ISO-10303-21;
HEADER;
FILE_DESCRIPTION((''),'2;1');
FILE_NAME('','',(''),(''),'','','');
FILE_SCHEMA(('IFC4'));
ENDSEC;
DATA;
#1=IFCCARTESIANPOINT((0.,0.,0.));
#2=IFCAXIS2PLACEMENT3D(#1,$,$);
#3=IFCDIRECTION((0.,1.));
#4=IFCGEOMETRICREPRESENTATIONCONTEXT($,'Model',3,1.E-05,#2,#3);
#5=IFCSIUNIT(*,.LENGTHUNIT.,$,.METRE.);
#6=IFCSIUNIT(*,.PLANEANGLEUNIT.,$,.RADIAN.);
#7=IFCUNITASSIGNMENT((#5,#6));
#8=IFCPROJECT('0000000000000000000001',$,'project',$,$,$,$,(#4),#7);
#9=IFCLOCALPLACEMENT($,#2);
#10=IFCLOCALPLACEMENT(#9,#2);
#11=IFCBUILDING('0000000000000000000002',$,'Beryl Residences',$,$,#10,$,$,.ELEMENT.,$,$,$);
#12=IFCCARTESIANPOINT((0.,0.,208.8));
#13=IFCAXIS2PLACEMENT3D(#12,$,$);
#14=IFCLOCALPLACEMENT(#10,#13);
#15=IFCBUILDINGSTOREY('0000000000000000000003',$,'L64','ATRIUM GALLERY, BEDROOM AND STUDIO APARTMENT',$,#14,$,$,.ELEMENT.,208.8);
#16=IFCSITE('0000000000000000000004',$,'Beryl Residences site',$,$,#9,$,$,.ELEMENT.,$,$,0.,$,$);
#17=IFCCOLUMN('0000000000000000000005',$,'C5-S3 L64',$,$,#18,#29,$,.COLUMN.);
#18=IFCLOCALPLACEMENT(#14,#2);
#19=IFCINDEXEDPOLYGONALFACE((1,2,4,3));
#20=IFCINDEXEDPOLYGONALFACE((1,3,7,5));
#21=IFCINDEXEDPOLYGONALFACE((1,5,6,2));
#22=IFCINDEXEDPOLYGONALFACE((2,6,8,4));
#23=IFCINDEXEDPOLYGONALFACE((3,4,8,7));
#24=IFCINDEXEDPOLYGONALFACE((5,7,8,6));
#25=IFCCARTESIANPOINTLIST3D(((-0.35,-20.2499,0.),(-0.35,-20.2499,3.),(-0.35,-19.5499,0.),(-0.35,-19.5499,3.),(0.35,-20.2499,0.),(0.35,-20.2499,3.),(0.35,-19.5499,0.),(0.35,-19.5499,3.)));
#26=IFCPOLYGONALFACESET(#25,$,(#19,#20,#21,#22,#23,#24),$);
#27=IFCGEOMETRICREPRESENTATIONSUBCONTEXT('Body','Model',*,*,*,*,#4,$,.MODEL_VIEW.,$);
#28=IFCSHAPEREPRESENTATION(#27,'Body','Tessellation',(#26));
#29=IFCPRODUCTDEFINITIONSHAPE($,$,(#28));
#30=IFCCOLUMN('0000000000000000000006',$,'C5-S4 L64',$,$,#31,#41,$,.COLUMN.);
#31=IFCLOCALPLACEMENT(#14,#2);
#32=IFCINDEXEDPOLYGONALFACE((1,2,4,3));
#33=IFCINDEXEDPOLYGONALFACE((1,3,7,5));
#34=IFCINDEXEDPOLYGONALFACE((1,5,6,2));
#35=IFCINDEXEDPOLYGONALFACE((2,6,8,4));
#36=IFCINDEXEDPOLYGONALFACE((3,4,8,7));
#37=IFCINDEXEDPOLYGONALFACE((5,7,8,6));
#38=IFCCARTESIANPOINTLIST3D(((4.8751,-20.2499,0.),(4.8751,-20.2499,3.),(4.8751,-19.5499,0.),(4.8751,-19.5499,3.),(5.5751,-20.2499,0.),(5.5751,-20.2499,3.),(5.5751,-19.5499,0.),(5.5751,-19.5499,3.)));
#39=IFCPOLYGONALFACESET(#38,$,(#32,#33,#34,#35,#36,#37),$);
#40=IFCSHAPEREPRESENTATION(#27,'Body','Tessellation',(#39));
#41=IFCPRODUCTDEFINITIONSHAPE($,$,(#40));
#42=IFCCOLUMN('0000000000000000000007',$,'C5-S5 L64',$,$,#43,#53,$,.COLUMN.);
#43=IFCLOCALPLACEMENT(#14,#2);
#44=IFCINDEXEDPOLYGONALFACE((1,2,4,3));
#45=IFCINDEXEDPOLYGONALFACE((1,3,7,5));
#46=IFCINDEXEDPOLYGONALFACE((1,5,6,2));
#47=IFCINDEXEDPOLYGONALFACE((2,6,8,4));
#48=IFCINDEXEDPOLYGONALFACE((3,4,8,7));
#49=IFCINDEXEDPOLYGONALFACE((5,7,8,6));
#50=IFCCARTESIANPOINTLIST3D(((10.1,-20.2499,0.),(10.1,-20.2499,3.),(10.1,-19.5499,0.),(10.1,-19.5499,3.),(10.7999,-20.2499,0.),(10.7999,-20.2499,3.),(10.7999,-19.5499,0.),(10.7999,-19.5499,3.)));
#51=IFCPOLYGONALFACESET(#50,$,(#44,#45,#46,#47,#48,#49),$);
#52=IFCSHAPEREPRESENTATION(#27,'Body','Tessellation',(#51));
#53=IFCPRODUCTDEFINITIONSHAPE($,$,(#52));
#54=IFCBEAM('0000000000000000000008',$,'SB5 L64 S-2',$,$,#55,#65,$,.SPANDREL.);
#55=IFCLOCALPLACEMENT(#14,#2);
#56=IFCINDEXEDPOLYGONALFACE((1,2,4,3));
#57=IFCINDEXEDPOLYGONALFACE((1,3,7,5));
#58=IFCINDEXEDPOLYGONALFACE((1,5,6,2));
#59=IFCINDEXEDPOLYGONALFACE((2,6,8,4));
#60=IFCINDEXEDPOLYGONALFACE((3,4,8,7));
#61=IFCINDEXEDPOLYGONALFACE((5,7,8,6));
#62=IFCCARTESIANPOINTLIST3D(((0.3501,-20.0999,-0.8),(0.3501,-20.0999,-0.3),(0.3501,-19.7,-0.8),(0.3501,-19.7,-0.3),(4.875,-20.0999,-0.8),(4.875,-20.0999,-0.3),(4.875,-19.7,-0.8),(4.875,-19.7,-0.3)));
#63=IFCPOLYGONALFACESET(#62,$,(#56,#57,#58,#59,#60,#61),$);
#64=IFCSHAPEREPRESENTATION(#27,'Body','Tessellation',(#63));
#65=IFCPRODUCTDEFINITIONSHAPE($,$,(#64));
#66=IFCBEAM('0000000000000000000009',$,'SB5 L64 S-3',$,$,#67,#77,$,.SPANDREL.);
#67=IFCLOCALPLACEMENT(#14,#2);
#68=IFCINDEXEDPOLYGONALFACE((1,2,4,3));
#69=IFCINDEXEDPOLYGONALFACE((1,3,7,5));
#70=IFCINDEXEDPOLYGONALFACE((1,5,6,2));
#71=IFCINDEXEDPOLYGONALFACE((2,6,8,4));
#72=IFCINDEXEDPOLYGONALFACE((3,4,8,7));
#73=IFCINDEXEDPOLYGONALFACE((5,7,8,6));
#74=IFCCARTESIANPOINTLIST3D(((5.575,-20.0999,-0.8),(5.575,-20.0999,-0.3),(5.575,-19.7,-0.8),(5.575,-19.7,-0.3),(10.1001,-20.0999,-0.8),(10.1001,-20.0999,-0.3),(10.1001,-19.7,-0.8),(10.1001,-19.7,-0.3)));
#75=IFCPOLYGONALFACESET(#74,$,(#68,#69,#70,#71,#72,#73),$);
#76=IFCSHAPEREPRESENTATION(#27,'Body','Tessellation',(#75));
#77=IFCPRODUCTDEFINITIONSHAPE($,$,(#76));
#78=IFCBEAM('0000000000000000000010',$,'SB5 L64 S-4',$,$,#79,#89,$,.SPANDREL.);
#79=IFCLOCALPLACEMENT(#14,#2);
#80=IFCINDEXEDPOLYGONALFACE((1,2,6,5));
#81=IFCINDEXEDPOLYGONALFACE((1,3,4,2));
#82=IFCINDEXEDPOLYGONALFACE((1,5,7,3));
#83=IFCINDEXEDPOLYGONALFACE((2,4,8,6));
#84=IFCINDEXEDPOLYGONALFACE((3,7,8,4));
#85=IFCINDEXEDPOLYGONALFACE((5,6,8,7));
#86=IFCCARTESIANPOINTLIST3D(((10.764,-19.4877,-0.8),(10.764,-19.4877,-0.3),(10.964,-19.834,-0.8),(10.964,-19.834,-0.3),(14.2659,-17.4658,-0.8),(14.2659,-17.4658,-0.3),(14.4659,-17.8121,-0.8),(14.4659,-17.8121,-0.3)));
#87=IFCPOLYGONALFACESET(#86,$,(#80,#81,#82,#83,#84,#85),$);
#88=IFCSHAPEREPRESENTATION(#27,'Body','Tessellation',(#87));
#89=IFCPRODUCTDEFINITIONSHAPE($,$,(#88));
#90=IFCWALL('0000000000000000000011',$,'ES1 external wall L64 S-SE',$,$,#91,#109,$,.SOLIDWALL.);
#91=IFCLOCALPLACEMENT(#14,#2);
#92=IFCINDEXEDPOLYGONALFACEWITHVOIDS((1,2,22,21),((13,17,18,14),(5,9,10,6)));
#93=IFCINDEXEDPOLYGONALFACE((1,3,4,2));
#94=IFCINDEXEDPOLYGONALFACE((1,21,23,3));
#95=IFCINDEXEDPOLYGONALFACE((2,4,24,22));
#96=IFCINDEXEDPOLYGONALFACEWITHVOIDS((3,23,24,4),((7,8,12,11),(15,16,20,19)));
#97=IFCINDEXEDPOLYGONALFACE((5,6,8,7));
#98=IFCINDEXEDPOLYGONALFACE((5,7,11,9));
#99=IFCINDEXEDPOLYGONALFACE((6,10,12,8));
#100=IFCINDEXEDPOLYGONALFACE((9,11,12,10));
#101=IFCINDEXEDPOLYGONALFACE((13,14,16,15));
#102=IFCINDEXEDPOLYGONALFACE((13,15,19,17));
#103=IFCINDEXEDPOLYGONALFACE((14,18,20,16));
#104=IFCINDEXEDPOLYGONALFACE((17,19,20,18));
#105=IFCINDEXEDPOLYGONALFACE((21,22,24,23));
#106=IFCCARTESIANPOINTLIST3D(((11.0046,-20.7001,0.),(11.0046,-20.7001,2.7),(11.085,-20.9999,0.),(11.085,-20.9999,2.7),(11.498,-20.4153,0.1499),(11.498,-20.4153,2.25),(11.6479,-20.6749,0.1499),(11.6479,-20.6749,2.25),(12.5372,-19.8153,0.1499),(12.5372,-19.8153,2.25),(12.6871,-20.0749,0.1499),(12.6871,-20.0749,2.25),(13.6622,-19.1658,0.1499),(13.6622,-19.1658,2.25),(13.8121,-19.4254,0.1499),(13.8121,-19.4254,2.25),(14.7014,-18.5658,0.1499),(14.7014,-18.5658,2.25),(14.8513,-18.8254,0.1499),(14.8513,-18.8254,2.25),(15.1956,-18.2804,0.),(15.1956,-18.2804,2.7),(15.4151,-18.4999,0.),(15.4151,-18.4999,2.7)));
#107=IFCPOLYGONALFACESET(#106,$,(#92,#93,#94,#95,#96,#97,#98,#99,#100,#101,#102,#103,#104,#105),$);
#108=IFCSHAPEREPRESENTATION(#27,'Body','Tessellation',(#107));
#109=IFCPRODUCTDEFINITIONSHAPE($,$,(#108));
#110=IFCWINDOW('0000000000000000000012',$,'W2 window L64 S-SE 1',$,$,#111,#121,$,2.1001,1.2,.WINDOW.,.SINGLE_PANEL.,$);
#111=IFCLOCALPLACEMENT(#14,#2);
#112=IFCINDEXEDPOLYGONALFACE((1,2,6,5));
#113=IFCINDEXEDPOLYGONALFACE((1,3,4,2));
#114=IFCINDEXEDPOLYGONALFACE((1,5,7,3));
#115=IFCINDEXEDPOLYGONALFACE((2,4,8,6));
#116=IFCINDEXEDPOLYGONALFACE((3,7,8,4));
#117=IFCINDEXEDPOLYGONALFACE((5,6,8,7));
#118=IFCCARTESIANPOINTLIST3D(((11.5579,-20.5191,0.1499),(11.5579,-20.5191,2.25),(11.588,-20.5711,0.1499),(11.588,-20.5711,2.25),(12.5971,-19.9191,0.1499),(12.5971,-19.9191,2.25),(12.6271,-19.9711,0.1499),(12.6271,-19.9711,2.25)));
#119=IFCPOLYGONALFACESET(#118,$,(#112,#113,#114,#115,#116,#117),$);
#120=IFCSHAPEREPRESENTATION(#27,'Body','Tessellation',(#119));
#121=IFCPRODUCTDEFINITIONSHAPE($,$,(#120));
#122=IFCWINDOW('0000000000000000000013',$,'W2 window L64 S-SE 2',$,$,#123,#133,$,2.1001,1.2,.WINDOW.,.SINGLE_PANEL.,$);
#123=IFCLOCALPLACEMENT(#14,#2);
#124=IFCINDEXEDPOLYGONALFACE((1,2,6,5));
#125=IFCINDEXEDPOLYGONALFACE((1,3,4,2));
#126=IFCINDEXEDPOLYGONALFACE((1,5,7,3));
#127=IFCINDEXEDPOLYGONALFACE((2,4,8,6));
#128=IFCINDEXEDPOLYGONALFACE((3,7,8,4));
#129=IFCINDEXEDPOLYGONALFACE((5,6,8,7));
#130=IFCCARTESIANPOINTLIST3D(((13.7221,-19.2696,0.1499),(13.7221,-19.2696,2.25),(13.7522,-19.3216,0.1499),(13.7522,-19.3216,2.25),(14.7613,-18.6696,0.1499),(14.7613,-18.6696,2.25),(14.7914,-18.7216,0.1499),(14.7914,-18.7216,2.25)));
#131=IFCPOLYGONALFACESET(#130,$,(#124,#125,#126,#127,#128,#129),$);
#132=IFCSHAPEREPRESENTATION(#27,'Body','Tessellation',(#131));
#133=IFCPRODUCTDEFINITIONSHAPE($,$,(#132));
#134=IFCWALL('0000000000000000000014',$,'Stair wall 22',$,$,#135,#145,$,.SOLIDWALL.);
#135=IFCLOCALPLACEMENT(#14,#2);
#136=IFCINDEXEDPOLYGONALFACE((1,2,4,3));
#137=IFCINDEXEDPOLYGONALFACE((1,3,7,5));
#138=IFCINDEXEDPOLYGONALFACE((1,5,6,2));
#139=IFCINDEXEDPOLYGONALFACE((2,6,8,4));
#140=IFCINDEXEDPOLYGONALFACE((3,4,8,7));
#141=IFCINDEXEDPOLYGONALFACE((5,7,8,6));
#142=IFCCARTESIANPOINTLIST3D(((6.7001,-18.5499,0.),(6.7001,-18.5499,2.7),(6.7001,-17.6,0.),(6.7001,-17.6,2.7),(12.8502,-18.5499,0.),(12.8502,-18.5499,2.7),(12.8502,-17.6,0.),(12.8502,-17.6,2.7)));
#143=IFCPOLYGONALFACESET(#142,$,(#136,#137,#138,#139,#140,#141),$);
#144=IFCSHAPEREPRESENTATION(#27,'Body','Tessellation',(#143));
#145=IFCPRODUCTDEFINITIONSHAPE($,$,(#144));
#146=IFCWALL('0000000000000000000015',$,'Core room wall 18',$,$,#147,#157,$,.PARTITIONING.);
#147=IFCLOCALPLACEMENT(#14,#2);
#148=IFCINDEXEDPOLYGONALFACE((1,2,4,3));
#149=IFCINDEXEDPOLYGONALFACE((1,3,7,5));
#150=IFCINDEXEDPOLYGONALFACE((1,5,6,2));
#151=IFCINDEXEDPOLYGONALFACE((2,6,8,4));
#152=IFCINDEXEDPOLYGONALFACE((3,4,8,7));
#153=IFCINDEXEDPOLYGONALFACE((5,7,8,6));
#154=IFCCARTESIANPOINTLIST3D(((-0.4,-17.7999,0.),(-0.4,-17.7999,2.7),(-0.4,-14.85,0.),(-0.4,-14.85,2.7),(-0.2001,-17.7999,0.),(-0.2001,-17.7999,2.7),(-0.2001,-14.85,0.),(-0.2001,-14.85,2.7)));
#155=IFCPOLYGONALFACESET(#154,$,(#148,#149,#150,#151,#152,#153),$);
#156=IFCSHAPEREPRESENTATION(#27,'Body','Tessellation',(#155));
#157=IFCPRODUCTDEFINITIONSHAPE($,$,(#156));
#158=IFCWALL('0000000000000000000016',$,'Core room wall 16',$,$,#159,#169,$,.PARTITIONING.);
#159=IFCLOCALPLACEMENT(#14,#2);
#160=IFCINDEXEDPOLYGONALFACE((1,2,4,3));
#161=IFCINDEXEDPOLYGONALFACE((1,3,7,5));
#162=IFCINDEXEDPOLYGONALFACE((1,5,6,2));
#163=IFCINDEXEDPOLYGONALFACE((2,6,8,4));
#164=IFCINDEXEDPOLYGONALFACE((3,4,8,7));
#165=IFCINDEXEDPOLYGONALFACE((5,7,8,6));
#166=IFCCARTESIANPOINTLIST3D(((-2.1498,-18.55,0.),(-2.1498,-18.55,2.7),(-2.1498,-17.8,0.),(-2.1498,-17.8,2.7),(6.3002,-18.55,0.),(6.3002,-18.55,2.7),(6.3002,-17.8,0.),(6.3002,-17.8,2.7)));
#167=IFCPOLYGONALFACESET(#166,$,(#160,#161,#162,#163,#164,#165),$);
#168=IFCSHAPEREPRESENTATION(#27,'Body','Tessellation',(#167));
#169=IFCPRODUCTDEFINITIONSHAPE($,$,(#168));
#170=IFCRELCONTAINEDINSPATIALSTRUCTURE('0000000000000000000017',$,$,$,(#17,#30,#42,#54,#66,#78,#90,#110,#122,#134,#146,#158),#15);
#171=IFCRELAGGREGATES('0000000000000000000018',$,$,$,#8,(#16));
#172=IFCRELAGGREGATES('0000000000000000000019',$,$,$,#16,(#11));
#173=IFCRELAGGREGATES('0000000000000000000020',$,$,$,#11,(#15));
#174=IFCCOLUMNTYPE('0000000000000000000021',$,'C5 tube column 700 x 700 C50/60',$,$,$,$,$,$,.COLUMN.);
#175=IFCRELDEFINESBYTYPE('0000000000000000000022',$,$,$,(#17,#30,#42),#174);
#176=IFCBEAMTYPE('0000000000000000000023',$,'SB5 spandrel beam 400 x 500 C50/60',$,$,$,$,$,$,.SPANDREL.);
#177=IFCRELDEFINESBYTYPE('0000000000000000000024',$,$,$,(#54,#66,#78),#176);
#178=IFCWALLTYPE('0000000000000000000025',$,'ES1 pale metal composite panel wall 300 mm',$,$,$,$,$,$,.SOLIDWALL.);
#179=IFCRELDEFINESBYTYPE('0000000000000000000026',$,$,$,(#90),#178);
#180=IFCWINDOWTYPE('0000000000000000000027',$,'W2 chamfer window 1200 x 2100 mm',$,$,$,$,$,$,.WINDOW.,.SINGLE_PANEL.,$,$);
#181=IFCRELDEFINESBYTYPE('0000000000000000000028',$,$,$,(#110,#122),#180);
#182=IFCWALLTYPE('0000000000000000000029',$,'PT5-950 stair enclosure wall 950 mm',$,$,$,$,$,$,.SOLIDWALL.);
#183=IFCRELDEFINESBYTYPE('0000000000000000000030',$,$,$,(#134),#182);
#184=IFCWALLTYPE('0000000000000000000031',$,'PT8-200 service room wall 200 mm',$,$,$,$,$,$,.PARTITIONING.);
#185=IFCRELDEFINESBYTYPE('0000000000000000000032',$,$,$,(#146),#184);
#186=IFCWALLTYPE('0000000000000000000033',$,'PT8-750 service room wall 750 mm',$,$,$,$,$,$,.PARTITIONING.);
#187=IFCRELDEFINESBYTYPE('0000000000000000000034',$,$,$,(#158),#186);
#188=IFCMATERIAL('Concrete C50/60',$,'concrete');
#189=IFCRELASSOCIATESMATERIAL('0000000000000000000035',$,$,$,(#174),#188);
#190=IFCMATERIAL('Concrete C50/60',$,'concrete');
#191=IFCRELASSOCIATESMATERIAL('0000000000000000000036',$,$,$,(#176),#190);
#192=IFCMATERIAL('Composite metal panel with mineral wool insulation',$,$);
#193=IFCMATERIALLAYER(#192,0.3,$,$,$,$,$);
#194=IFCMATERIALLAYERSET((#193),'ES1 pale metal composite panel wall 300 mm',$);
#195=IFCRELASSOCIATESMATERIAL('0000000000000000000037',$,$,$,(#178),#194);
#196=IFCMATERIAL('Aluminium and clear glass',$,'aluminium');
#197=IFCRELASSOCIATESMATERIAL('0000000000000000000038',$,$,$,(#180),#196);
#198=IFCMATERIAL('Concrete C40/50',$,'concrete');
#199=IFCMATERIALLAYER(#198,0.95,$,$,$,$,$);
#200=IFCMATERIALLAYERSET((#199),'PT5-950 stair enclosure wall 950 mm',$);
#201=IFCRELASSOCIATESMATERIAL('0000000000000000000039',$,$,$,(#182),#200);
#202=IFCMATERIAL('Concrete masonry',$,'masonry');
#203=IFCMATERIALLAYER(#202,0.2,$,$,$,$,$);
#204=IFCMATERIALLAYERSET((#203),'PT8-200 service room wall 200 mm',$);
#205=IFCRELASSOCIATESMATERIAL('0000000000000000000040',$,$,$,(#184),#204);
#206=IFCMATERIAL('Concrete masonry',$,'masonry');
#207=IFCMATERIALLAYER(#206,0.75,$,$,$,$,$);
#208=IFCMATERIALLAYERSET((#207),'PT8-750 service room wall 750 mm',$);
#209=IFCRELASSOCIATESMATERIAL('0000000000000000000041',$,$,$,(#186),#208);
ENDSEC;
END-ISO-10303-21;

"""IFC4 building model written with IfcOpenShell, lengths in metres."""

from ifc_helpers import new_model, si_unit, direction, frame, frame_2d, origin, origin_2d, place, context, subcontext, project, spatial, polyline, rectangle, outline, extrude, material, layer, layer_set, material_profile, profile_set, type_object, element, fill, save


model = new_model("IFC4")

# Units and contexts
model_context = context("Model", 3, precision=1e-05, world=origin(), true_north=direction((0.0, 1.0)))
body_context = subcontext(model_context, "Body", "Model", "MODEL_VIEW")
ifc_project = project(units=[si_unit("LENGTHUNIT", "METRE"), si_unit("PLANEANGLEUNIT", "RADIAN")], contexts=[model_context])

# Site, building, storey
site_placement = place(None, origin())
site = spatial("IfcSite", under=ifc_project, at=site_placement, Name="Beryl Residences site", CompositionType="ELEMENT", RefElevation=0.0)
building_placement = place(site_placement, origin())
building = spatial("IfcBuilding", under=site, at=building_placement, Name="Beryl Residences", CompositionType="ELEMENT")
storey_placement = place(building_placement, frame((0.0, 0.0, 208.8)))
storey = spatial("IfcBuildingStorey", under=building, at=storey_placement, Name="L64", Description="ATRIUM GALLERY, BEDROOM AND STUDIO APARTMENT", CompositionType="ELEMENT", Elevation=208.8)

# Columns
ifc_material_1 = material(Name="Concrete C50/60", Category="concrete")
ifc_material_profile_1 = material_profile(ifc_material_1, rectangle(XDim=0.7, YDim=0.7, at=origin_2d()))
ifc_profile_set_1 = profile_set([ifc_material_profile_1], Name="Concrete C50/60")
column_type = type_object("IfcColumnType", Name="C5 tube column 700 x 700 C50/60", PredefinedType="COLUMN", material=ifc_profile_set_1)
for number, where, z_axis, x_axis, name in (
    (1, (0.0, -19.8999, 0.0), (0.0, 0.0, 1.0), (1.0, 0.0, 0.0), "C5-S3 L64"),
    (2, (5.2251, -19.8999, 0.0), (0.0, 0.0, 1.0), (1.0, 0.0, 0.0), "C5-S4 L64"),
    (3, (10.45, -19.8999, 0.0), (0.0, 0.0, 1.0), (1.0, 0.0, 0.0), "C5-S5 L64"),
):
    element("IfcColumn", number, at=place(storey_placement, frame(where, z_axis=z_axis, x_axis=x_axis)), inside=storey, type_object=column_type, Name=name, PredefinedType="COLUMN", context=body_context, shape_type="SweptSolid", body=[
        extrude(rectangle(XDim=0.7, YDim=0.7, at=origin_2d()), origin(), (0.0, 0.0, 1.0), 3.0),
    ])

# Beams
ifc_material_2 = material(Name="Concrete C50/60", Category="concrete")
ifc_material_profile_2 = material_profile(ifc_material_2, rectangle(XDim=0.3999, YDim=0.5, at=origin_2d()))
ifc_profile_set_2 = profile_set([ifc_material_profile_2], Name="Concrete C50/60")
beam_type = type_object("IfcBeamType", Name="SB5 spandrel beam 400 x 500 C50/60", PredefinedType="SPANDREL", material=ifc_profile_set_2)
beam_1_placement = place(storey_placement, frame((0.3501, -19.8999, -0.55), z_axis=(1.0, 0.0, 0.0), x_axis=(0.0, 1.0, 0.0)))
element("IfcBeam", 4, at=beam_1_placement, inside=storey, type_object=beam_type, Name="SB5 L64 S-2", PredefinedType="SPANDREL", context=body_context, shape_type="SweptSolid", body=[
    extrude(rectangle(XDim=0.3999, YDim=0.5, at=origin_2d()), origin(), (0.0, 0.0, 1.0), 4.5249),
])
beam_2_placement = place(storey_placement, frame((5.575, -19.8999, -0.55), z_axis=(1.0, 0.0, 0.0), x_axis=(0.0, 1.0, 0.0)))
element("IfcBeam", 5, at=beam_2_placement, inside=storey, type_object=beam_type, Name="SB5 L64 S-3", PredefinedType="SPANDREL", context=body_context, shape_type="SweptSolid", body=[
    extrude(rectangle(XDim=0.3999, YDim=0.5, at=origin_2d()), origin(), (0.0, 0.0, 1.0), 4.5251),
])
beam_3_placement = place(storey_placement, frame((10.864, -19.6609, -0.55), z_axis=(0.866013, 0.500022, 0.0), x_axis=(-0.500022, 0.866013, 0.0)))
element("IfcBeam", 6, at=beam_3_placement, inside=storey, type_object=beam_type, Name="SB5 L64 S-4", PredefinedType="SPANDREL", context=body_context, shape_type="SweptSolid", body=[
    extrude(rectangle(XDim=0.3999, YDim=0.5, at=origin_2d()), origin(), (0.0, 0.0, 1.0), 4.0437),
])

# Wall, openings, windows
ifc_material_3 = material(Name="Composite metal panel with mineral wool insulation")
ifc_layer_1 = layer(ifc_material_3, 0.3)
ifc_layer_set_1 = layer_set([ifc_layer_1], Name="ES1 pale metal composite panel wall 300 mm")
wall_type_1 = type_object("IfcWallType", Name="ES1 pale metal composite panel wall 300 mm", PredefinedType="SOLIDWALL", material=ifc_layer_set_1)
wall_1_placement = place(storey_placement, frame((11.01, -20.8701, 0.0), z_axis=(0.0, 0.0, 1.0), x_axis=(0.866023, 0.500004, 0.0)))
wall_1 = element("IfcWall", 7, at=wall_1_placement, inside=storey, type_object=wall_type_1, Name="ES1 external wall L64 S-SE", PredefinedType="SOLIDWALL", context=body_context, shape_type="SweptSolid", body=[
    extrude(outline(polyline([(0.0, -0.1499), (5.0, -0.1499), (4.9197, 0.1499), (0.0803, 0.1499), (0.0, -0.1499)])), origin(), (0.0, 0.0, 1.0), 2.7),
])
opening_1_placement = place(wall_1_placement, frame((0.6499, 0.0, 0.1499)))
opening_1 = element("IfcOpeningElement", 8, at=opening_1_placement, cuts=wall_1, PredefinedType="OPENING", context=body_context, shape_type="SweptSolid", body=[
    extrude(rectangle(XDim=1.2, YDim=2.1001, at=frame_2d((0.6001, 1.05))), frame((0.0, 0.1599, 0.0), z_axis=(0.0, -1.0, 0.0), x_axis=(1.0, 0.0, 0.0)), (0.0, 0.0, 1.0), 0.3201),
])
opening_2_placement = place(wall_1_placement, frame((3.1489, 0.0, 0.1499)))
opening_2 = element("IfcOpeningElement", 9, at=opening_2_placement, cuts=wall_1, PredefinedType="OPENING", context=body_context, shape_type="SweptSolid", body=[
    extrude(rectangle(XDim=1.2, YDim=2.1001, at=frame_2d((0.6001, 1.05))), frame((0.0, 0.1599, 0.0), z_axis=(0.0, -1.0, 0.0), x_axis=(1.0, 0.0, 0.0)), (0.0, 0.0, 1.0), 0.3201),
])
ifc_material_4 = material(Name="Aluminium and clear glass", Category="aluminium")
window_type = type_object("IfcWindowType", Name="W2 chamfer window 1200 x 2100 mm", PartitioningType="SINGLE_PANEL", PredefinedType="WINDOW", material=ifc_material_4)
window_1_placement = place(opening_1_placement, origin())
window_1 = element("IfcWindow", 10, at=window_1_placement, inside=storey, type_object=window_type, Name="W2 window L64 S-SE 1", OverallHeight=2.1001, OverallWidth=1.2, PartitioningType="SINGLE_PANEL", PredefinedType="WINDOW", context=body_context, shape_type="SweptSolid", body=[
    extrude(rectangle(XDim=1.2, YDim=2.1001, at=frame_2d((0.6001, 1.05))), frame((0.0, 0.03, 0.0), z_axis=(0.0, -1.0, 0.0), x_axis=(1.0, 0.0, 0.0)), (0.0, 0.0, 1.0), 0.0601),
])
fill(opening_1, window_1)
window_2_placement = place(opening_2_placement, origin())
window_2 = element("IfcWindow", 11, at=window_2_placement, inside=storey, type_object=window_type, Name="W2 window L64 S-SE 2", OverallHeight=2.1001, OverallWidth=1.2, PartitioningType="SINGLE_PANEL", PredefinedType="WINDOW", context=body_context, shape_type="SweptSolid", body=[
    extrude(rectangle(XDim=1.2, YDim=2.1001, at=frame_2d((0.6001, 1.05))), frame((0.0, 0.03, 0.0), z_axis=(0.0, -1.0, 0.0), x_axis=(1.0, 0.0, 0.0)), (0.0, 0.0, 1.0), 0.0601),
])
fill(opening_2, window_2)

# Walls
ifc_material_5 = material(Name="Concrete C40/50", Category="concrete")
ifc_layer_2 = layer(ifc_material_5, 0.95)
ifc_layer_set_2 = layer_set([ifc_layer_2], Name="PT5-950 stair enclosure wall 950 mm")
wall_type_2 = type_object("IfcWallType", Name="PT5-950 stair enclosure wall 950 mm", PredefinedType="SOLIDWALL", material=ifc_layer_set_2)
wall_2_placement = place(storey_placement, frame((6.7, -18.075, 0.0), z_axis=(0.0, 0.0, 1.0), x_axis=(1.0, 0.0, 0.0)))
element("IfcWall", 12, at=wall_2_placement, inside=storey, type_object=wall_type_2, Name="Stair wall 22", PredefinedType="SOLIDWALL", context=body_context, shape_type="SweptSolid", body=[
    extrude(rectangle(XDim=6.1501, YDim=0.95, at=frame_2d((3.0752, 0.0))), origin(), (0.0, 0.0, 1.0), 2.7),
])
ifc_material_6 = material(Name="Concrete masonry", Category="masonry")
ifc_layer_3 = layer(ifc_material_6, 0.2)
ifc_layer_set_3 = layer_set([ifc_layer_3], Name="PT8-200 service room wall 200 mm")
wall_type_3 = type_object("IfcWallType", Name="PT8-200 service room wall 200 mm", PredefinedType="PARTITIONING", material=ifc_layer_set_3)
wall_3_placement = place(storey_placement, frame((-0.3, -17.8, 0.0), z_axis=(0.0, 0.0, 1.0), x_axis=(0.0, 1.0, 0.0)))
element("IfcWall", 13, at=wall_3_placement, inside=storey, type_object=wall_type_3, Name="Core room wall 18", PredefinedType="PARTITIONING", context=body_context, shape_type="SweptSolid", body=[
    extrude(rectangle(XDim=2.95, YDim=0.2, at=frame_2d((1.4751, 0.0))), origin(), (0.0, 0.0, 1.0), 2.7),
])
ifc_material_7 = material(Name="Concrete masonry", Category="masonry")
ifc_layer_4 = layer(ifc_material_7, 0.75)
ifc_layer_set_4 = layer_set([ifc_layer_4], Name="PT8-750 service room wall 750 mm")
wall_type_4 = type_object("IfcWallType", Name="PT8-750 service room wall 750 mm", PredefinedType="PARTITIONING", material=ifc_layer_set_4)
wall_4_placement = place(storey_placement, frame((-2.1499, -18.175, 0.0), z_axis=(0.0, 0.0, 1.0), x_axis=(1.0, 0.0, 0.0)))
element("IfcWall", 14, at=wall_4_placement, inside=storey, type_object=wall_type_4, Name="Core room wall 16", PredefinedType="PARTITIONING", context=body_context, shape_type="SweptSolid", body=[
    extrude(rectangle(XDim=8.45, YDim=0.75, at=frame_2d((4.2251, 0.0))), origin(), (0.0, 0.0, 1.0), 2.7),
])

save(model, "model.ifc")
